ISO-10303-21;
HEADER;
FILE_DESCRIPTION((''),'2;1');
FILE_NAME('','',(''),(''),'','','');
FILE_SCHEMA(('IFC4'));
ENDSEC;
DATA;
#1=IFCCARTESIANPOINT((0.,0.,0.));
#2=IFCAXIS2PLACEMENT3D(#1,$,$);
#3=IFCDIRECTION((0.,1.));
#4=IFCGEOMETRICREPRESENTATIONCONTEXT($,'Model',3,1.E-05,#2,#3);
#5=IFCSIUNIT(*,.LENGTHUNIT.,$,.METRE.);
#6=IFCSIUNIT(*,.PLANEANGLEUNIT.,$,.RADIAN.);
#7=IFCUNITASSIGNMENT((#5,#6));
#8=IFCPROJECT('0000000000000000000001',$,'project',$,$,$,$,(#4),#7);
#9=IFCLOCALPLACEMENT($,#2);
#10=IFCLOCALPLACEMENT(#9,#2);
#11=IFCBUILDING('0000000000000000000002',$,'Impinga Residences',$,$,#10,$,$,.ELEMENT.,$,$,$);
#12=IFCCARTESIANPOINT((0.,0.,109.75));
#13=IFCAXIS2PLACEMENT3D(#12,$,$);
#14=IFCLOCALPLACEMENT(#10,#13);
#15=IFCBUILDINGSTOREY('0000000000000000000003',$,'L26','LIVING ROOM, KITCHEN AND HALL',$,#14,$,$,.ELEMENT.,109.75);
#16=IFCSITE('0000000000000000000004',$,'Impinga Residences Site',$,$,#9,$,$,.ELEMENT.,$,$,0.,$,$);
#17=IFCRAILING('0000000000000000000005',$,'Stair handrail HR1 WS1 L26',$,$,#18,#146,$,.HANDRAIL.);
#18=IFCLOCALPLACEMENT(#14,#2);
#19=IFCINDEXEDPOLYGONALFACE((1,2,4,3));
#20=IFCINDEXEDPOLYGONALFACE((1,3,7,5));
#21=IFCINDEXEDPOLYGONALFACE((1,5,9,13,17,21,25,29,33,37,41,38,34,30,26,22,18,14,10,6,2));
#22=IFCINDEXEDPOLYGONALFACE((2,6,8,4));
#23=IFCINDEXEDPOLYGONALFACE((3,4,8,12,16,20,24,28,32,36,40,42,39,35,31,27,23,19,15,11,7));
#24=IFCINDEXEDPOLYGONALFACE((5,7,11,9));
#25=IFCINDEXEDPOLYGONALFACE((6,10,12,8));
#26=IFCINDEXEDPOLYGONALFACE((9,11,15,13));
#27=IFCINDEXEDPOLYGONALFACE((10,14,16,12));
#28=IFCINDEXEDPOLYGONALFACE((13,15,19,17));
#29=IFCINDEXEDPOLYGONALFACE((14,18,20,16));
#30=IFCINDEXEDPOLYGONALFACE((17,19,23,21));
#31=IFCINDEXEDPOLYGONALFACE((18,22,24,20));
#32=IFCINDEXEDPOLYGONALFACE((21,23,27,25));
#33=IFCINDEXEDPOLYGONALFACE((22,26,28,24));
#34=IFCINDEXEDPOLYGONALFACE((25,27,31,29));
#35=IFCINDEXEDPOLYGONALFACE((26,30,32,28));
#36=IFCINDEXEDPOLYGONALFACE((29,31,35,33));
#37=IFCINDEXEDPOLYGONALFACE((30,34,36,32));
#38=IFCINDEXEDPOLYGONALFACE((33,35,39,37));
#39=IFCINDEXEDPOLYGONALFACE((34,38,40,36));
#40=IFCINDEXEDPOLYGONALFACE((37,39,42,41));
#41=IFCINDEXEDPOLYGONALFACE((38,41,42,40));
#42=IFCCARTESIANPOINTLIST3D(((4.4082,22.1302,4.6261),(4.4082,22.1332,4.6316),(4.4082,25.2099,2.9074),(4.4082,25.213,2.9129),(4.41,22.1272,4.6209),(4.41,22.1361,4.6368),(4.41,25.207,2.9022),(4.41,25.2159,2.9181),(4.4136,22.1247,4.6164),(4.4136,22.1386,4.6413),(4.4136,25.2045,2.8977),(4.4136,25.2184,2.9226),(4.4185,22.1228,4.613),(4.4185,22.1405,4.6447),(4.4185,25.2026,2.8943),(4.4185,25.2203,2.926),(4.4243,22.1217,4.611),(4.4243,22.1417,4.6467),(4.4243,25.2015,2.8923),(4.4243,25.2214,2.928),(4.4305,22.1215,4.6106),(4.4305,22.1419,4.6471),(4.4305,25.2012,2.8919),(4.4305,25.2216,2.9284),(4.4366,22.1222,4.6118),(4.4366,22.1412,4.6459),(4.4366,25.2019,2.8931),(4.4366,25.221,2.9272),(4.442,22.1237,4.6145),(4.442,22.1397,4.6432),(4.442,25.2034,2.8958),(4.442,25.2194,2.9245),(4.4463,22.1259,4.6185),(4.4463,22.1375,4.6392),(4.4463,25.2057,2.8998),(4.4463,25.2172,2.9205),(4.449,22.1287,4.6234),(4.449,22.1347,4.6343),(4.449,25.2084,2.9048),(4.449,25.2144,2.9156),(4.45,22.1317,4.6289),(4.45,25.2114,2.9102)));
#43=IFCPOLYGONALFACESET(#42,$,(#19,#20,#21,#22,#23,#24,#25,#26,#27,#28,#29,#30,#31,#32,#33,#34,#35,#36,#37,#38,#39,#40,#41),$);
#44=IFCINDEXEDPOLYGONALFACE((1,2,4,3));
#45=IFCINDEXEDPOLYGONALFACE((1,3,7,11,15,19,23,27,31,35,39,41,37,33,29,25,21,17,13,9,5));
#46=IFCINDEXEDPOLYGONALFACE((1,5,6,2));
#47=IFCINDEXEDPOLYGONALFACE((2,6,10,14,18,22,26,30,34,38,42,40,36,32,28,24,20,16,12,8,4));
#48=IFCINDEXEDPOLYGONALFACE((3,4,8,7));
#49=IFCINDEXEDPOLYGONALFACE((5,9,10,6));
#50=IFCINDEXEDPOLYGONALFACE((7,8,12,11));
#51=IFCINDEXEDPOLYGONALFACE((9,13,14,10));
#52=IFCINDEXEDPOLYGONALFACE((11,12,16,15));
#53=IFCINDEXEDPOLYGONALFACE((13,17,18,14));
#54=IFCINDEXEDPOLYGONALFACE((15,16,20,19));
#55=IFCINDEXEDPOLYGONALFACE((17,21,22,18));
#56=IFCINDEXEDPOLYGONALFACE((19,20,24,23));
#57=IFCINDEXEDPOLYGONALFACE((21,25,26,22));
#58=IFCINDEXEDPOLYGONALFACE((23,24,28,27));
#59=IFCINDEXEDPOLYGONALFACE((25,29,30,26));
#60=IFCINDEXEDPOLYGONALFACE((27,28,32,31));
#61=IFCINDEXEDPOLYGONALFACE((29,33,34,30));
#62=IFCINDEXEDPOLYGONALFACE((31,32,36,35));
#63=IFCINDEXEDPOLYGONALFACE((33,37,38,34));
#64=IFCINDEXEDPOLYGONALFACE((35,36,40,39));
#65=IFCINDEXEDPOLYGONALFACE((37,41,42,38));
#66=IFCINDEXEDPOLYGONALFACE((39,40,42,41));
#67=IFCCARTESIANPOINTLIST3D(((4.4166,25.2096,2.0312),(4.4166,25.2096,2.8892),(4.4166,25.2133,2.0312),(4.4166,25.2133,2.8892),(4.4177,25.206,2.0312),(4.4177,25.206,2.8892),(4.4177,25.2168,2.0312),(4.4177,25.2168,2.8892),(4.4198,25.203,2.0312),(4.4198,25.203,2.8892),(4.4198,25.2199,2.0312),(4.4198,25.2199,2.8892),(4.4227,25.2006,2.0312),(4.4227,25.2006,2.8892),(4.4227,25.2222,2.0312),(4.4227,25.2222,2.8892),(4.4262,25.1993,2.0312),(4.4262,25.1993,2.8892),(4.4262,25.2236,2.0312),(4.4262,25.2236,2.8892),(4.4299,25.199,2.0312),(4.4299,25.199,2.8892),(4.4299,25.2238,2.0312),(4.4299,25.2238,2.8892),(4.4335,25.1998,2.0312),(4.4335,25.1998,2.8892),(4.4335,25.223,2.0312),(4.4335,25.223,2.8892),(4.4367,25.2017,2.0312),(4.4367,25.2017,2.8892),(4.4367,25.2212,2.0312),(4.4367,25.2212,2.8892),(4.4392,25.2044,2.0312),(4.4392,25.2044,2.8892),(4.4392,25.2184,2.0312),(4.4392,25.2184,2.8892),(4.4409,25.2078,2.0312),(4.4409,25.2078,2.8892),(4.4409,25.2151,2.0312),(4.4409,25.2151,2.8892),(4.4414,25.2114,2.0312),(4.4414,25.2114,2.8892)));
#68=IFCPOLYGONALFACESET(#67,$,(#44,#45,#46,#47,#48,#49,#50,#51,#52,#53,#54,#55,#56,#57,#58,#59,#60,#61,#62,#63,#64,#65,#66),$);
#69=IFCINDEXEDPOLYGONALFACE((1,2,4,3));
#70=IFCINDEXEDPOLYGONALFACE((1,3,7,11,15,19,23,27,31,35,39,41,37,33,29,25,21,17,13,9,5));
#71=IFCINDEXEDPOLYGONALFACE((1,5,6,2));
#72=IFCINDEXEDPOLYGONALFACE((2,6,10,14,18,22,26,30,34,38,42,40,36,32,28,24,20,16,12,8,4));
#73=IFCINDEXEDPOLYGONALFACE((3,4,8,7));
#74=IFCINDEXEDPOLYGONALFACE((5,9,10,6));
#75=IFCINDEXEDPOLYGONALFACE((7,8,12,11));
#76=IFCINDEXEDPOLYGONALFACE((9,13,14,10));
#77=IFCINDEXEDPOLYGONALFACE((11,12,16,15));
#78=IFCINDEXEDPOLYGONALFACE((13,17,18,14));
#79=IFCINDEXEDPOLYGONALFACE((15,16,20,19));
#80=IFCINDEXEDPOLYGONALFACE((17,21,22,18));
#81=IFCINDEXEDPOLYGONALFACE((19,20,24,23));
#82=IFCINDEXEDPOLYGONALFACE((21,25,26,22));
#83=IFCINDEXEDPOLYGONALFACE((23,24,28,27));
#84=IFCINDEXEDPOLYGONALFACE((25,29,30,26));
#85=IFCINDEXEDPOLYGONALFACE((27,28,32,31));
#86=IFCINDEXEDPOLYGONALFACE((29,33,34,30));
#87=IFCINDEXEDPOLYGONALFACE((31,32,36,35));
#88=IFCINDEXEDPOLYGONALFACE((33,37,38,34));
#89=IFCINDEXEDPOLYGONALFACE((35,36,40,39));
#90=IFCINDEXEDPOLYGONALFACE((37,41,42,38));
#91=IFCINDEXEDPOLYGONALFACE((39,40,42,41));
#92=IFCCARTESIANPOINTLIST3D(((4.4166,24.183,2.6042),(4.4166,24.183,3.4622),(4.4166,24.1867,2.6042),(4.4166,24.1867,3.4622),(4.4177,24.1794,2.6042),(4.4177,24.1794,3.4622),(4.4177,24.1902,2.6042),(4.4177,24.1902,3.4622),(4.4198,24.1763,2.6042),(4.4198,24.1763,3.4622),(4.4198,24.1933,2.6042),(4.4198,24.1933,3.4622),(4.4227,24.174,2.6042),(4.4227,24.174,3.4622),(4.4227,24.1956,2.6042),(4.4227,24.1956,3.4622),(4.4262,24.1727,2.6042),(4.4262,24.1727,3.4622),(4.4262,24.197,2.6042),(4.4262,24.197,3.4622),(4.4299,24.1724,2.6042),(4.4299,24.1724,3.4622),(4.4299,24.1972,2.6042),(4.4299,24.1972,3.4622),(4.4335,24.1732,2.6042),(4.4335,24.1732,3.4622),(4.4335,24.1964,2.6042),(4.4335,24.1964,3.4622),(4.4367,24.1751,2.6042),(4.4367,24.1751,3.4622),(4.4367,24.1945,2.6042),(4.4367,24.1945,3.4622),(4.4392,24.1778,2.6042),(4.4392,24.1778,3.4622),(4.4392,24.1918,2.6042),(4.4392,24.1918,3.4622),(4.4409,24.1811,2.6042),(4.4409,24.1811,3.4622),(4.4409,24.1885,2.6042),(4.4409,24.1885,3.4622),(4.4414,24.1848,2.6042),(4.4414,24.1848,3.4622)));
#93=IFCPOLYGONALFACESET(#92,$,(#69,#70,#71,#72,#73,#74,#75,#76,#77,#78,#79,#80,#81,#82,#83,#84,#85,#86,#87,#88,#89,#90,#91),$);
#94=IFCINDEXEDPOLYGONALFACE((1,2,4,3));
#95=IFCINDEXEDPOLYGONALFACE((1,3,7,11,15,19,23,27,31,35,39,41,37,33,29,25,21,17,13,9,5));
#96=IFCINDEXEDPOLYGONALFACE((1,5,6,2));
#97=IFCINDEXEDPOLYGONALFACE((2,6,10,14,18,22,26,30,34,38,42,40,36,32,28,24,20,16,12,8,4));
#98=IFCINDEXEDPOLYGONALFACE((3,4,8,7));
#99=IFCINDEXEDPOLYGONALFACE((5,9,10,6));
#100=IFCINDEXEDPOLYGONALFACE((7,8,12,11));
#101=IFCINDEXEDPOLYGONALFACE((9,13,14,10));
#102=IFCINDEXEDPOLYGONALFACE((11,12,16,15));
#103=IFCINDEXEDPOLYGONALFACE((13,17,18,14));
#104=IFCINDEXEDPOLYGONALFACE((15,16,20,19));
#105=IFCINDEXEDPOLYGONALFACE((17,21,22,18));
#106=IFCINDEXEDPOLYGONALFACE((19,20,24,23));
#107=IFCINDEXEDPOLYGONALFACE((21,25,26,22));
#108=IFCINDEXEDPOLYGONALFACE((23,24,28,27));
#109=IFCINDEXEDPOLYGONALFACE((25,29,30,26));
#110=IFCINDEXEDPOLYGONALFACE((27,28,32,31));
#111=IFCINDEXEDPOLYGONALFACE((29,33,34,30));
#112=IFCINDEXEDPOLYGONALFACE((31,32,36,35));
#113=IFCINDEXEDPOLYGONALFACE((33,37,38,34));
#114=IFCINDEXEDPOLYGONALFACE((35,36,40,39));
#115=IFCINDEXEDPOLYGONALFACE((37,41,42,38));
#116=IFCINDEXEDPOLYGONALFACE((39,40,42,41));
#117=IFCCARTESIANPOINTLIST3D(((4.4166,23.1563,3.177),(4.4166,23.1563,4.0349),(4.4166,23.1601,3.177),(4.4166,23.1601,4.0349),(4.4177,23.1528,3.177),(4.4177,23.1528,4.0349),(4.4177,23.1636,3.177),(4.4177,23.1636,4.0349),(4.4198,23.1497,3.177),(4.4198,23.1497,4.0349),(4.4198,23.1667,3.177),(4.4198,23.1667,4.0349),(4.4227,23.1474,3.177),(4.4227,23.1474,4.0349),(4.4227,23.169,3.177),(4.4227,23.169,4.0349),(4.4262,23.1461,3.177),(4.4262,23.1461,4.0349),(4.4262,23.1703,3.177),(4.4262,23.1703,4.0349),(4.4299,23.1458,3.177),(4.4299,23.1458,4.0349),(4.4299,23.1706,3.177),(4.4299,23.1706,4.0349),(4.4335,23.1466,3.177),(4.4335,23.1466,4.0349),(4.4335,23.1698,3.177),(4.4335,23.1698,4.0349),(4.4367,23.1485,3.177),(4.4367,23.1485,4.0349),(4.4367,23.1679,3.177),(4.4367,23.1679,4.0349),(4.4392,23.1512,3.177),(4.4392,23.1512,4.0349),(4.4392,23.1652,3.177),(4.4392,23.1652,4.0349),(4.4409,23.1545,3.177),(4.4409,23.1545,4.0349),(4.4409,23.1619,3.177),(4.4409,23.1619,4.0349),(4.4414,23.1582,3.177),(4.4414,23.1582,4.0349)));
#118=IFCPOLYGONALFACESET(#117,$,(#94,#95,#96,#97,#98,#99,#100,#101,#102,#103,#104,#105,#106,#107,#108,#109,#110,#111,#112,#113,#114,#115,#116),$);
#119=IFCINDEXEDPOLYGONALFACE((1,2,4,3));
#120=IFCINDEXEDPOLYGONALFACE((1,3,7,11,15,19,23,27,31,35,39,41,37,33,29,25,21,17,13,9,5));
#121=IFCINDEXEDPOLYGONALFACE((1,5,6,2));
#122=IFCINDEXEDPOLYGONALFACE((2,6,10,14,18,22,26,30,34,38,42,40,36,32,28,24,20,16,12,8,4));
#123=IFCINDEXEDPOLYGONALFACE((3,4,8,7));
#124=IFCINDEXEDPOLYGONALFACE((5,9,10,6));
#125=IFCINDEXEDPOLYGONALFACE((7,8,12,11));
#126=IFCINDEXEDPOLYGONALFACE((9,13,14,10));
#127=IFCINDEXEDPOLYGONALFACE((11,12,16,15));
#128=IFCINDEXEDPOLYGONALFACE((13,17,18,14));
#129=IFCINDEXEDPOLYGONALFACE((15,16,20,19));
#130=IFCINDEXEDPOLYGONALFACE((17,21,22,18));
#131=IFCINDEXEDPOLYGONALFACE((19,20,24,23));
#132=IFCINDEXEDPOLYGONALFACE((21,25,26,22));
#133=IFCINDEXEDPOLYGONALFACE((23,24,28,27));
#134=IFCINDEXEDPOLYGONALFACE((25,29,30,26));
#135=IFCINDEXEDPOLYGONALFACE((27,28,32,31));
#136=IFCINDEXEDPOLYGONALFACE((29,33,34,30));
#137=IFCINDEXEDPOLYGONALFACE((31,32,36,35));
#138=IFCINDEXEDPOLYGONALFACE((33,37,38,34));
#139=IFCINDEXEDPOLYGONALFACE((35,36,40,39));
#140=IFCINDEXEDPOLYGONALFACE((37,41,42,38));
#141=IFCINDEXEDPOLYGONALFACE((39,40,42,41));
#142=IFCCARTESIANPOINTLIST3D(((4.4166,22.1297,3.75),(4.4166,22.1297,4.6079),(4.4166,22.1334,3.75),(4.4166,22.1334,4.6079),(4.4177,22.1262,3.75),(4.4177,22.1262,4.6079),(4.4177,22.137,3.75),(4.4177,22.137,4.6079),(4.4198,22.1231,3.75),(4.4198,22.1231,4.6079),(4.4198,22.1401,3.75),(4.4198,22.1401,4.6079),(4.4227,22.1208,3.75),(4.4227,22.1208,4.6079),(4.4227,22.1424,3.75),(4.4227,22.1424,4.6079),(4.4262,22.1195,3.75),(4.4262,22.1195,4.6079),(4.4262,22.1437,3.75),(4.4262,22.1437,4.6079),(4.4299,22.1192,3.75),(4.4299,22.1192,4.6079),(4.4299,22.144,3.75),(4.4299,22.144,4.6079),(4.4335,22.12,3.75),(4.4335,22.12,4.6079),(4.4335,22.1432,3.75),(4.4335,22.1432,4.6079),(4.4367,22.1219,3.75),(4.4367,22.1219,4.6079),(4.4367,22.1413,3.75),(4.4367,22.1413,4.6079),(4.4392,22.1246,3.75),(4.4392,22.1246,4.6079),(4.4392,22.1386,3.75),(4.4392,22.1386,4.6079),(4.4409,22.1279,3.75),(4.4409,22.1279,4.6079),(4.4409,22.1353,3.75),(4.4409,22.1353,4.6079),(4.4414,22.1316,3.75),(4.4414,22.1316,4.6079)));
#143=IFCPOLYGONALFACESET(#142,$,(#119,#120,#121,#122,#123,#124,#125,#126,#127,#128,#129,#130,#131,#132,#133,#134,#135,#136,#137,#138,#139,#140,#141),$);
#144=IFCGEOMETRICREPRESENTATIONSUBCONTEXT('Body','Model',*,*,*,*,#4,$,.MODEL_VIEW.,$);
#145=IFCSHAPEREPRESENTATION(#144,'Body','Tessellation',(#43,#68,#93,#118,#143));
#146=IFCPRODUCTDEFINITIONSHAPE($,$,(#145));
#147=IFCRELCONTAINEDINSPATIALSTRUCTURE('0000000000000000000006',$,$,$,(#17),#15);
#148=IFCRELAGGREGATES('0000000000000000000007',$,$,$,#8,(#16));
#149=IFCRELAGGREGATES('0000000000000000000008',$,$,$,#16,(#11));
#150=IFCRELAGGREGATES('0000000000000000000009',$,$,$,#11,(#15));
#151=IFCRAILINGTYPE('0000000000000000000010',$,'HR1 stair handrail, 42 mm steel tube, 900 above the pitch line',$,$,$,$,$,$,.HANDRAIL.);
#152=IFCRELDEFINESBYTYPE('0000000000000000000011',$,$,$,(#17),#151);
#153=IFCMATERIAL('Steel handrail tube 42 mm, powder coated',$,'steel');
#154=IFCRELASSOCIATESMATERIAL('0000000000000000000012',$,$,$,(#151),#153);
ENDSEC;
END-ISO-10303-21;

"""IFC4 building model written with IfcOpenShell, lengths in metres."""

from ifc_helpers import new_model, si_unit, direction, frame, origin, origin_2d, place, context, subcontext, project, spatial, circle, extrude, material, type_object, element, save


model = new_model("IFC4")

# Units and contexts
model_context = context("Model", 3, precision=1e-05, world=origin(), true_north=direction((0.0, 1.0)))
body_context = subcontext(model_context, "Body", "Model", "MODEL_VIEW")
ifc_project = project(units=[si_unit("LENGTHUNIT", "METRE"), si_unit("PLANEANGLEUNIT", "RADIAN")], contexts=[model_context])

# Site, building, storey
site_placement = place(None, origin())
site = spatial("IfcSite", under=ifc_project, at=site_placement, Name="Impinga Residences Site", CompositionType="ELEMENT", RefElevation=0.0)
building_placement = place(site_placement, origin())
building = spatial("IfcBuilding", under=site, at=building_placement, Name="Impinga Residences", CompositionType="ELEMENT")
storey_placement = place(building_placement, frame((0.0, 0.0, 109.75)))
storey = spatial("IfcBuildingStorey", under=building, at=storey_placement, Name="L26", Description="LIVING ROOM, KITCHEN AND HALL", CompositionType="ELEMENT", Elevation=109.75)

# Railing
ifc_material_1 = material(Name="Steel handrail tube 42 mm, powder coated", Category="steel")
railing_type_1 = type_object("IfcRailingType", Name="HR1 stair handrail, 42 mm steel tube, 900 above the pitch line", PredefinedType="HANDRAIL", material=ifc_material_1)
railing_1_placement = place(storey_placement, frame((4.429, 25.2114, 2.0312)))
element("IfcRailing", 1, at=railing_1_placement, inside=storey, type_object=railing_type_1, Name="Stair handrail HR1 WS1 L26", PredefinedType="HANDRAIL", context=body_context, shape_type="SweptSolid", body=[
    extrude(circle(Radius=0.021, at=origin_2d()), frame((0.0, 0.0, 0.8789), z_axis=(0.0, -0.873225, 0.487317), x_axis=(1.0, 0.0, 0.0)), (0.0, 0.0, 1.0), 3.5269),
    extrude(circle(Radius=0.0125, at=origin_2d()), origin(), (0.0, 0.0, 1.0), 0.8579),
    extrude(circle(Radius=0.0125, at=origin_2d()), frame((0.0, -1.0266, 0.573)), (0.0, 0.0, 1.0), 0.8579),
    extrude(circle(Radius=0.0125, at=origin_2d()), frame((0.0, -2.0532, 1.1458)), (0.0, 0.0, 1.0), 0.8579),
    extrude(circle(Radius=0.0125, at=origin_2d()), frame((0.0, -3.0798, 1.7188)), (0.0, 0.0, 1.0), 0.8579),
])

save(model, "model.ifc")
